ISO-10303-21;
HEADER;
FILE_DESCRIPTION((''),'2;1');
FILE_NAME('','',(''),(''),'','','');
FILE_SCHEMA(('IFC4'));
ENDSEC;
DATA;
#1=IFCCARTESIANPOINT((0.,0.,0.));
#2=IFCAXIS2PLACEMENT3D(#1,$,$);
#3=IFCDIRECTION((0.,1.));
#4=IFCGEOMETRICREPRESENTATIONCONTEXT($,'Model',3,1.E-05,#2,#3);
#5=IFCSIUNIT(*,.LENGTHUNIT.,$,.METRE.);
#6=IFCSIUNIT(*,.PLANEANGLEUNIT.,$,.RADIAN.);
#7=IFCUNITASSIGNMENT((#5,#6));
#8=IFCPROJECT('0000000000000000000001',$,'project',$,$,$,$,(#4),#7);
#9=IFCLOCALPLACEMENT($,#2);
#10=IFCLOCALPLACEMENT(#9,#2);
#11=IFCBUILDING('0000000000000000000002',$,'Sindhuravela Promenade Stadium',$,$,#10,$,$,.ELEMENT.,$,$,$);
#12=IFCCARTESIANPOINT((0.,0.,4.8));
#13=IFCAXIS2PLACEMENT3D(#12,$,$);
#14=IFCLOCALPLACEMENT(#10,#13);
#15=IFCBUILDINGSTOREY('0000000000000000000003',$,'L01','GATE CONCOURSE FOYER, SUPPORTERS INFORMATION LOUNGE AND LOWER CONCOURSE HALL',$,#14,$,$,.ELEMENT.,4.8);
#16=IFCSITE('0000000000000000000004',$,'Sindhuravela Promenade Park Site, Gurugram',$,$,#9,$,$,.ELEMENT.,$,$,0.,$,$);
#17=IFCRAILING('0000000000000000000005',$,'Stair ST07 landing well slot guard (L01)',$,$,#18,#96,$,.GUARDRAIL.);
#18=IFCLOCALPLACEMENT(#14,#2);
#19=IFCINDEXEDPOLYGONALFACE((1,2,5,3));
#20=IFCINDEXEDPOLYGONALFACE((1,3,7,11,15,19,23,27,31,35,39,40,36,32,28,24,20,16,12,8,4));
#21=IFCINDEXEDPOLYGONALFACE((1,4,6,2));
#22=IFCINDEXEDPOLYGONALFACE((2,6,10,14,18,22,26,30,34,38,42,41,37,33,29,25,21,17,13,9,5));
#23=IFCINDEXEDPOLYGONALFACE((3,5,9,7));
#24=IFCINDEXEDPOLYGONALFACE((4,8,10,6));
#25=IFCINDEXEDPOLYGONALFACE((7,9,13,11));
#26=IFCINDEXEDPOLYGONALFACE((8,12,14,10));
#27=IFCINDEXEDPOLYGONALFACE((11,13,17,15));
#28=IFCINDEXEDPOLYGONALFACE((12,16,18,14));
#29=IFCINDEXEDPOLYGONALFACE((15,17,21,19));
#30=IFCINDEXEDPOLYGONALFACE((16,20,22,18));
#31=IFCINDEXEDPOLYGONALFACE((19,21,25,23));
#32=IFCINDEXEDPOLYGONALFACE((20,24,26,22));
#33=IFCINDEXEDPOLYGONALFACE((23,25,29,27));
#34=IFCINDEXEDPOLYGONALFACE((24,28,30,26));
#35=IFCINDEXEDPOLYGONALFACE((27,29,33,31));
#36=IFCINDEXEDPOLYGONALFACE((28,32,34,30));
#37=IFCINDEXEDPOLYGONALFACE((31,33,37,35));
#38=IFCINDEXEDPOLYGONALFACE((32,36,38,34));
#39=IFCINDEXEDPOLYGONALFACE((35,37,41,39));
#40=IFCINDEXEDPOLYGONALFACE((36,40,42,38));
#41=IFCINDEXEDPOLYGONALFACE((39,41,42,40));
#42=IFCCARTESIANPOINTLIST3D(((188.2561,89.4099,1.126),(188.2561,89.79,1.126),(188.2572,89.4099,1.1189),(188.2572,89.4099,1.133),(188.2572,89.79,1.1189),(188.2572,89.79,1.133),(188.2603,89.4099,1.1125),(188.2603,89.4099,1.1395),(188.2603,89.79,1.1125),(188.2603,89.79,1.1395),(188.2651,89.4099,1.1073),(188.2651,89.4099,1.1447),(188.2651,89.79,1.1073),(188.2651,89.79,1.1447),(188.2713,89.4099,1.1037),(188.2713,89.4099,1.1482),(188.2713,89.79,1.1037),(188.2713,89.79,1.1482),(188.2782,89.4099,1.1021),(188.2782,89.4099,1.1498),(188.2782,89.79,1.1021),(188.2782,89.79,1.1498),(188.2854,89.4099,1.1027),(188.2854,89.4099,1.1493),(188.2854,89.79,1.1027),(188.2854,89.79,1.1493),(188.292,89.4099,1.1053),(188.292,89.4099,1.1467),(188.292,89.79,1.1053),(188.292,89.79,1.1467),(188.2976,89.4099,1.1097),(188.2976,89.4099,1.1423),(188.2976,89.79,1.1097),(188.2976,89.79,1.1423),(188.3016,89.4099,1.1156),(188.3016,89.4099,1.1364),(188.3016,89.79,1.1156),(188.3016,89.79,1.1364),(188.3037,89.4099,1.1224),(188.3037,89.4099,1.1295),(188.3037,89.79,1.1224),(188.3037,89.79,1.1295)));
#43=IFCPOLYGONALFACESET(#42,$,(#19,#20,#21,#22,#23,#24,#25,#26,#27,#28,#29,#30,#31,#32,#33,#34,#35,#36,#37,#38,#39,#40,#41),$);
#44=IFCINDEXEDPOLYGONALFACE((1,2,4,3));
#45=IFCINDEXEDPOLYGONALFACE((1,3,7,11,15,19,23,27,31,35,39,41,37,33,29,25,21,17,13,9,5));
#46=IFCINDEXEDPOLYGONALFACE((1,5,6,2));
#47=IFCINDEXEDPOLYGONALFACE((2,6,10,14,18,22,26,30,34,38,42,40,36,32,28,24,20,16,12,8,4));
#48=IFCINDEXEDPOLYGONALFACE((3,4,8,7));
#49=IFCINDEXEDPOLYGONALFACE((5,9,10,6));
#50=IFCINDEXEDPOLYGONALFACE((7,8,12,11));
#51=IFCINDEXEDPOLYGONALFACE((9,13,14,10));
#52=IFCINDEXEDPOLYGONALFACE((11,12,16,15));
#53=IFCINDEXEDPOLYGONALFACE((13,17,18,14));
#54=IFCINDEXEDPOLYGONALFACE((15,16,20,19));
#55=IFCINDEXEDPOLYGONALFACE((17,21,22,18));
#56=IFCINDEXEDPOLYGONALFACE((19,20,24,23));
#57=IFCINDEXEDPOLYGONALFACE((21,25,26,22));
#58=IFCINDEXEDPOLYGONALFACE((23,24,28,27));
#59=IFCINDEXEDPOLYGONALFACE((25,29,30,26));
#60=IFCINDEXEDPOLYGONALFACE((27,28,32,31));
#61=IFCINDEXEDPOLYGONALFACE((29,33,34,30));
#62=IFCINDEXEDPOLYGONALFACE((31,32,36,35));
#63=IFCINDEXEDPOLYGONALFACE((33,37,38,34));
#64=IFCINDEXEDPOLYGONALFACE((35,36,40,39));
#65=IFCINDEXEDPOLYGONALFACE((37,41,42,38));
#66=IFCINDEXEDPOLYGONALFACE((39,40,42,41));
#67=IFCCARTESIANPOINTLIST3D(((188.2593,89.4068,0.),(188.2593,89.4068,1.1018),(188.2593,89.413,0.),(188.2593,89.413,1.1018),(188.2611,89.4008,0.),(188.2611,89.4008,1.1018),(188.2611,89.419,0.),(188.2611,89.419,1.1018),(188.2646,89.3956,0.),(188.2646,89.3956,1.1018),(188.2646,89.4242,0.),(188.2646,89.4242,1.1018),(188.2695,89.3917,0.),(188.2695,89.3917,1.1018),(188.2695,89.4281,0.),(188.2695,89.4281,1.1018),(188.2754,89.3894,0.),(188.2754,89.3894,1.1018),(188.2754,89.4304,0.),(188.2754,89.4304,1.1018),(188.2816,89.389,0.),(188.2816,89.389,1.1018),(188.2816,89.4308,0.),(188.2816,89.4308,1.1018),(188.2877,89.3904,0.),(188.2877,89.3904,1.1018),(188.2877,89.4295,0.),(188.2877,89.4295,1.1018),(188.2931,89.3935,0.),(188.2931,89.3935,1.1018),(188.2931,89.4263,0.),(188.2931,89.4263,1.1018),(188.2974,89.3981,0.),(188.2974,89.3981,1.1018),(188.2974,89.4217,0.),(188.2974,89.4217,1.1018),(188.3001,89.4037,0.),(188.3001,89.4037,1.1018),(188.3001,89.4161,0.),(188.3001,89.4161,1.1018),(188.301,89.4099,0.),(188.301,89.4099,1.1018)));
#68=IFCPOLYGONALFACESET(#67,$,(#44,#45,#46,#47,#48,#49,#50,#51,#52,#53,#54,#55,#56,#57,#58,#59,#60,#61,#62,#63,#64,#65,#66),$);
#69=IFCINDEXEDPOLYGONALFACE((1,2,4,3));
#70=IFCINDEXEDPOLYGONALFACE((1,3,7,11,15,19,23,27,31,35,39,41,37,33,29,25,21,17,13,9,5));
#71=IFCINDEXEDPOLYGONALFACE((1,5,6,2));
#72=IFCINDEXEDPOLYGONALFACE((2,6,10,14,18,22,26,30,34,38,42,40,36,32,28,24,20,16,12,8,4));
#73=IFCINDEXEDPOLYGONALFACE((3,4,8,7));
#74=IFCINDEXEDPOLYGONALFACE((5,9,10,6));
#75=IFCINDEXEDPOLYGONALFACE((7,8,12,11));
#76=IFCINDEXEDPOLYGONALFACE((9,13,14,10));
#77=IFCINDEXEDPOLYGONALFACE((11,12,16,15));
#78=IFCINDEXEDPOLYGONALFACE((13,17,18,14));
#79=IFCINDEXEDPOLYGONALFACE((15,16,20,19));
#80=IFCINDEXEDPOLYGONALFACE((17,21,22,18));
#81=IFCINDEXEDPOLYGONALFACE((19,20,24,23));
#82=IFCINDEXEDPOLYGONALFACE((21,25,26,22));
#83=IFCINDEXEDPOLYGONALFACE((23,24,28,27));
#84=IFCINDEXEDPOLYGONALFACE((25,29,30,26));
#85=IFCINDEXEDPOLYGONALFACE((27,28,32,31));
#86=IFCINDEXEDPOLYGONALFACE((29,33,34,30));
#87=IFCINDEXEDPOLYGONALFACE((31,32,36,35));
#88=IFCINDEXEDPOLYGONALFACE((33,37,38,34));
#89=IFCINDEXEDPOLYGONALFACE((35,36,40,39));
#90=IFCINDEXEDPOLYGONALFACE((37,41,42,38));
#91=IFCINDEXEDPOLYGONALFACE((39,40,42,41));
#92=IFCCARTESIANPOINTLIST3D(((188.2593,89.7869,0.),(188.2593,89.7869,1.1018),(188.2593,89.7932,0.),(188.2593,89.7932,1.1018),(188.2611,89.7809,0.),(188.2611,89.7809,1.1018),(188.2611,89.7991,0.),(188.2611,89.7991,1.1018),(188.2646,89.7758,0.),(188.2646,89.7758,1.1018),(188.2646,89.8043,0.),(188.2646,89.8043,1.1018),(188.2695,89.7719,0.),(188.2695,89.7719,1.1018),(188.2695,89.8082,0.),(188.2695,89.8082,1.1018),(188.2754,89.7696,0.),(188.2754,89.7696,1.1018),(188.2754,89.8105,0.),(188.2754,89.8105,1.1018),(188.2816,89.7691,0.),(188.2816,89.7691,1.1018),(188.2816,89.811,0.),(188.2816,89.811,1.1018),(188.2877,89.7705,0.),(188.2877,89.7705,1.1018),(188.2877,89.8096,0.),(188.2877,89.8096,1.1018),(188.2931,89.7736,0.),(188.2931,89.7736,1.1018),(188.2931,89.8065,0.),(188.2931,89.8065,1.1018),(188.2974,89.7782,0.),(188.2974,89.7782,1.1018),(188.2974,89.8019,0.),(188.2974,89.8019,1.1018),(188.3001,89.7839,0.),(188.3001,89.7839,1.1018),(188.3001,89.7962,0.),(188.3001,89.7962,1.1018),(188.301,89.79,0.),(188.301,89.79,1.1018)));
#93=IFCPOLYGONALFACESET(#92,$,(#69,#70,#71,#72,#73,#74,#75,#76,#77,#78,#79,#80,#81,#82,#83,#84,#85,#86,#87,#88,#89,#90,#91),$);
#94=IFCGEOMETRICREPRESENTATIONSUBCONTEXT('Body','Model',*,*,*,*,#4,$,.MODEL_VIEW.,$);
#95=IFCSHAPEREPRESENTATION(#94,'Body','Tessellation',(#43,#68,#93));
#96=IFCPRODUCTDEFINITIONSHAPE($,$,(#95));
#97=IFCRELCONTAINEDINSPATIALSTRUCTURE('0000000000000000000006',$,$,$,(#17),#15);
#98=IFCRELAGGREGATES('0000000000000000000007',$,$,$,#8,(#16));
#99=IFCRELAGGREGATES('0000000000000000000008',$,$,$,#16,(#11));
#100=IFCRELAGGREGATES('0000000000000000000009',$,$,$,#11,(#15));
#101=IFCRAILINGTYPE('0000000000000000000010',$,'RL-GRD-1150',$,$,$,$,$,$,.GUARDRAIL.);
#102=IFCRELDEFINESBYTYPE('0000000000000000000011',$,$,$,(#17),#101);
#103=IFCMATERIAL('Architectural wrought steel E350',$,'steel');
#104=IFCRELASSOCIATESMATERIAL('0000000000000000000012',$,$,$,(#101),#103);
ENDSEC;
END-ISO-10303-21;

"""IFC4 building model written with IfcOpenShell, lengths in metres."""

from ifc_helpers import new_model, si_unit, direction, frame, origin, origin_2d, place, context, subcontext, project, spatial, circle, extrude, material, type_object, element, save


model = new_model("IFC4")

# Units and contexts
model_context = context("Model", 3, precision=1e-05, world=origin(), true_north=direction((0.0, 1.0)))
body_context = subcontext(model_context, "Body", "Model", "MODEL_VIEW")
ifc_project = project(units=[si_unit("LENGTHUNIT", "METRE"), si_unit("PLANEANGLEUNIT", "RADIAN")], contexts=[model_context])

# Site, building, storey
site_placement = place(None, origin())
site = spatial("IfcSite", under=ifc_project, at=site_placement, Name="Sindhuravela Promenade Park Site, Gurugram", CompositionType="ELEMENT", RefElevation=0.0)
building_placement = place(site_placement, origin())
building = spatial("IfcBuilding", under=site, at=building_placement, Name="Sindhuravela Promenade Stadium", CompositionType="ELEMENT")
storey_placement = place(building_placement, frame((0.0, 0.0, 4.8)))
storey = spatial("IfcBuildingStorey", under=building, at=storey_placement, Name="L01", Description="GATE CONCOURSE FOYER, SUPPORTERS INFORMATION LOUNGE AND LOWER CONCOURSE HALL", CompositionType="ELEMENT", Elevation=4.8)

# Shared definitions
ifc_material_1 = material(Name="Architectural wrought steel E350", Category="steel")

# Railing
railing_type_1 = type_object("IfcRailingType", Name="RL-GRD-1150", PredefinedType="GUARDRAIL", material=ifc_material_1)
railing_1_placement = place(storey_placement, frame((188.28, 89.4099, 0.0)))
element("IfcRailing", 1, at=railing_1_placement, inside=storey, type_object=railing_type_1, Name="Stair ST07 landing well slot guard (L01)", PredefinedType="GUARDRAIL", context=body_context, shape_type="SweptSolid", body=[
    extrude(circle(Radius=0.0239, at=origin_2d()), frame((0.0, 0.0, 1.126), z_axis=(0.0, 1.0, 0.0), x_axis=(-1.0, 0.0, 0.0)), (0.0, 0.0, 1.0), 0.3801),
    extrude(circle(Radius=0.021, at=origin_2d()), origin(), (0.0, 0.0, 1.0), 1.1018),
    extrude(circle(Radius=0.021, at=origin_2d()), frame((0.0, 0.3801, 0.0)), (0.0, 0.0, 1.0), 1.1018),
])

save(model, "model.ifc")
